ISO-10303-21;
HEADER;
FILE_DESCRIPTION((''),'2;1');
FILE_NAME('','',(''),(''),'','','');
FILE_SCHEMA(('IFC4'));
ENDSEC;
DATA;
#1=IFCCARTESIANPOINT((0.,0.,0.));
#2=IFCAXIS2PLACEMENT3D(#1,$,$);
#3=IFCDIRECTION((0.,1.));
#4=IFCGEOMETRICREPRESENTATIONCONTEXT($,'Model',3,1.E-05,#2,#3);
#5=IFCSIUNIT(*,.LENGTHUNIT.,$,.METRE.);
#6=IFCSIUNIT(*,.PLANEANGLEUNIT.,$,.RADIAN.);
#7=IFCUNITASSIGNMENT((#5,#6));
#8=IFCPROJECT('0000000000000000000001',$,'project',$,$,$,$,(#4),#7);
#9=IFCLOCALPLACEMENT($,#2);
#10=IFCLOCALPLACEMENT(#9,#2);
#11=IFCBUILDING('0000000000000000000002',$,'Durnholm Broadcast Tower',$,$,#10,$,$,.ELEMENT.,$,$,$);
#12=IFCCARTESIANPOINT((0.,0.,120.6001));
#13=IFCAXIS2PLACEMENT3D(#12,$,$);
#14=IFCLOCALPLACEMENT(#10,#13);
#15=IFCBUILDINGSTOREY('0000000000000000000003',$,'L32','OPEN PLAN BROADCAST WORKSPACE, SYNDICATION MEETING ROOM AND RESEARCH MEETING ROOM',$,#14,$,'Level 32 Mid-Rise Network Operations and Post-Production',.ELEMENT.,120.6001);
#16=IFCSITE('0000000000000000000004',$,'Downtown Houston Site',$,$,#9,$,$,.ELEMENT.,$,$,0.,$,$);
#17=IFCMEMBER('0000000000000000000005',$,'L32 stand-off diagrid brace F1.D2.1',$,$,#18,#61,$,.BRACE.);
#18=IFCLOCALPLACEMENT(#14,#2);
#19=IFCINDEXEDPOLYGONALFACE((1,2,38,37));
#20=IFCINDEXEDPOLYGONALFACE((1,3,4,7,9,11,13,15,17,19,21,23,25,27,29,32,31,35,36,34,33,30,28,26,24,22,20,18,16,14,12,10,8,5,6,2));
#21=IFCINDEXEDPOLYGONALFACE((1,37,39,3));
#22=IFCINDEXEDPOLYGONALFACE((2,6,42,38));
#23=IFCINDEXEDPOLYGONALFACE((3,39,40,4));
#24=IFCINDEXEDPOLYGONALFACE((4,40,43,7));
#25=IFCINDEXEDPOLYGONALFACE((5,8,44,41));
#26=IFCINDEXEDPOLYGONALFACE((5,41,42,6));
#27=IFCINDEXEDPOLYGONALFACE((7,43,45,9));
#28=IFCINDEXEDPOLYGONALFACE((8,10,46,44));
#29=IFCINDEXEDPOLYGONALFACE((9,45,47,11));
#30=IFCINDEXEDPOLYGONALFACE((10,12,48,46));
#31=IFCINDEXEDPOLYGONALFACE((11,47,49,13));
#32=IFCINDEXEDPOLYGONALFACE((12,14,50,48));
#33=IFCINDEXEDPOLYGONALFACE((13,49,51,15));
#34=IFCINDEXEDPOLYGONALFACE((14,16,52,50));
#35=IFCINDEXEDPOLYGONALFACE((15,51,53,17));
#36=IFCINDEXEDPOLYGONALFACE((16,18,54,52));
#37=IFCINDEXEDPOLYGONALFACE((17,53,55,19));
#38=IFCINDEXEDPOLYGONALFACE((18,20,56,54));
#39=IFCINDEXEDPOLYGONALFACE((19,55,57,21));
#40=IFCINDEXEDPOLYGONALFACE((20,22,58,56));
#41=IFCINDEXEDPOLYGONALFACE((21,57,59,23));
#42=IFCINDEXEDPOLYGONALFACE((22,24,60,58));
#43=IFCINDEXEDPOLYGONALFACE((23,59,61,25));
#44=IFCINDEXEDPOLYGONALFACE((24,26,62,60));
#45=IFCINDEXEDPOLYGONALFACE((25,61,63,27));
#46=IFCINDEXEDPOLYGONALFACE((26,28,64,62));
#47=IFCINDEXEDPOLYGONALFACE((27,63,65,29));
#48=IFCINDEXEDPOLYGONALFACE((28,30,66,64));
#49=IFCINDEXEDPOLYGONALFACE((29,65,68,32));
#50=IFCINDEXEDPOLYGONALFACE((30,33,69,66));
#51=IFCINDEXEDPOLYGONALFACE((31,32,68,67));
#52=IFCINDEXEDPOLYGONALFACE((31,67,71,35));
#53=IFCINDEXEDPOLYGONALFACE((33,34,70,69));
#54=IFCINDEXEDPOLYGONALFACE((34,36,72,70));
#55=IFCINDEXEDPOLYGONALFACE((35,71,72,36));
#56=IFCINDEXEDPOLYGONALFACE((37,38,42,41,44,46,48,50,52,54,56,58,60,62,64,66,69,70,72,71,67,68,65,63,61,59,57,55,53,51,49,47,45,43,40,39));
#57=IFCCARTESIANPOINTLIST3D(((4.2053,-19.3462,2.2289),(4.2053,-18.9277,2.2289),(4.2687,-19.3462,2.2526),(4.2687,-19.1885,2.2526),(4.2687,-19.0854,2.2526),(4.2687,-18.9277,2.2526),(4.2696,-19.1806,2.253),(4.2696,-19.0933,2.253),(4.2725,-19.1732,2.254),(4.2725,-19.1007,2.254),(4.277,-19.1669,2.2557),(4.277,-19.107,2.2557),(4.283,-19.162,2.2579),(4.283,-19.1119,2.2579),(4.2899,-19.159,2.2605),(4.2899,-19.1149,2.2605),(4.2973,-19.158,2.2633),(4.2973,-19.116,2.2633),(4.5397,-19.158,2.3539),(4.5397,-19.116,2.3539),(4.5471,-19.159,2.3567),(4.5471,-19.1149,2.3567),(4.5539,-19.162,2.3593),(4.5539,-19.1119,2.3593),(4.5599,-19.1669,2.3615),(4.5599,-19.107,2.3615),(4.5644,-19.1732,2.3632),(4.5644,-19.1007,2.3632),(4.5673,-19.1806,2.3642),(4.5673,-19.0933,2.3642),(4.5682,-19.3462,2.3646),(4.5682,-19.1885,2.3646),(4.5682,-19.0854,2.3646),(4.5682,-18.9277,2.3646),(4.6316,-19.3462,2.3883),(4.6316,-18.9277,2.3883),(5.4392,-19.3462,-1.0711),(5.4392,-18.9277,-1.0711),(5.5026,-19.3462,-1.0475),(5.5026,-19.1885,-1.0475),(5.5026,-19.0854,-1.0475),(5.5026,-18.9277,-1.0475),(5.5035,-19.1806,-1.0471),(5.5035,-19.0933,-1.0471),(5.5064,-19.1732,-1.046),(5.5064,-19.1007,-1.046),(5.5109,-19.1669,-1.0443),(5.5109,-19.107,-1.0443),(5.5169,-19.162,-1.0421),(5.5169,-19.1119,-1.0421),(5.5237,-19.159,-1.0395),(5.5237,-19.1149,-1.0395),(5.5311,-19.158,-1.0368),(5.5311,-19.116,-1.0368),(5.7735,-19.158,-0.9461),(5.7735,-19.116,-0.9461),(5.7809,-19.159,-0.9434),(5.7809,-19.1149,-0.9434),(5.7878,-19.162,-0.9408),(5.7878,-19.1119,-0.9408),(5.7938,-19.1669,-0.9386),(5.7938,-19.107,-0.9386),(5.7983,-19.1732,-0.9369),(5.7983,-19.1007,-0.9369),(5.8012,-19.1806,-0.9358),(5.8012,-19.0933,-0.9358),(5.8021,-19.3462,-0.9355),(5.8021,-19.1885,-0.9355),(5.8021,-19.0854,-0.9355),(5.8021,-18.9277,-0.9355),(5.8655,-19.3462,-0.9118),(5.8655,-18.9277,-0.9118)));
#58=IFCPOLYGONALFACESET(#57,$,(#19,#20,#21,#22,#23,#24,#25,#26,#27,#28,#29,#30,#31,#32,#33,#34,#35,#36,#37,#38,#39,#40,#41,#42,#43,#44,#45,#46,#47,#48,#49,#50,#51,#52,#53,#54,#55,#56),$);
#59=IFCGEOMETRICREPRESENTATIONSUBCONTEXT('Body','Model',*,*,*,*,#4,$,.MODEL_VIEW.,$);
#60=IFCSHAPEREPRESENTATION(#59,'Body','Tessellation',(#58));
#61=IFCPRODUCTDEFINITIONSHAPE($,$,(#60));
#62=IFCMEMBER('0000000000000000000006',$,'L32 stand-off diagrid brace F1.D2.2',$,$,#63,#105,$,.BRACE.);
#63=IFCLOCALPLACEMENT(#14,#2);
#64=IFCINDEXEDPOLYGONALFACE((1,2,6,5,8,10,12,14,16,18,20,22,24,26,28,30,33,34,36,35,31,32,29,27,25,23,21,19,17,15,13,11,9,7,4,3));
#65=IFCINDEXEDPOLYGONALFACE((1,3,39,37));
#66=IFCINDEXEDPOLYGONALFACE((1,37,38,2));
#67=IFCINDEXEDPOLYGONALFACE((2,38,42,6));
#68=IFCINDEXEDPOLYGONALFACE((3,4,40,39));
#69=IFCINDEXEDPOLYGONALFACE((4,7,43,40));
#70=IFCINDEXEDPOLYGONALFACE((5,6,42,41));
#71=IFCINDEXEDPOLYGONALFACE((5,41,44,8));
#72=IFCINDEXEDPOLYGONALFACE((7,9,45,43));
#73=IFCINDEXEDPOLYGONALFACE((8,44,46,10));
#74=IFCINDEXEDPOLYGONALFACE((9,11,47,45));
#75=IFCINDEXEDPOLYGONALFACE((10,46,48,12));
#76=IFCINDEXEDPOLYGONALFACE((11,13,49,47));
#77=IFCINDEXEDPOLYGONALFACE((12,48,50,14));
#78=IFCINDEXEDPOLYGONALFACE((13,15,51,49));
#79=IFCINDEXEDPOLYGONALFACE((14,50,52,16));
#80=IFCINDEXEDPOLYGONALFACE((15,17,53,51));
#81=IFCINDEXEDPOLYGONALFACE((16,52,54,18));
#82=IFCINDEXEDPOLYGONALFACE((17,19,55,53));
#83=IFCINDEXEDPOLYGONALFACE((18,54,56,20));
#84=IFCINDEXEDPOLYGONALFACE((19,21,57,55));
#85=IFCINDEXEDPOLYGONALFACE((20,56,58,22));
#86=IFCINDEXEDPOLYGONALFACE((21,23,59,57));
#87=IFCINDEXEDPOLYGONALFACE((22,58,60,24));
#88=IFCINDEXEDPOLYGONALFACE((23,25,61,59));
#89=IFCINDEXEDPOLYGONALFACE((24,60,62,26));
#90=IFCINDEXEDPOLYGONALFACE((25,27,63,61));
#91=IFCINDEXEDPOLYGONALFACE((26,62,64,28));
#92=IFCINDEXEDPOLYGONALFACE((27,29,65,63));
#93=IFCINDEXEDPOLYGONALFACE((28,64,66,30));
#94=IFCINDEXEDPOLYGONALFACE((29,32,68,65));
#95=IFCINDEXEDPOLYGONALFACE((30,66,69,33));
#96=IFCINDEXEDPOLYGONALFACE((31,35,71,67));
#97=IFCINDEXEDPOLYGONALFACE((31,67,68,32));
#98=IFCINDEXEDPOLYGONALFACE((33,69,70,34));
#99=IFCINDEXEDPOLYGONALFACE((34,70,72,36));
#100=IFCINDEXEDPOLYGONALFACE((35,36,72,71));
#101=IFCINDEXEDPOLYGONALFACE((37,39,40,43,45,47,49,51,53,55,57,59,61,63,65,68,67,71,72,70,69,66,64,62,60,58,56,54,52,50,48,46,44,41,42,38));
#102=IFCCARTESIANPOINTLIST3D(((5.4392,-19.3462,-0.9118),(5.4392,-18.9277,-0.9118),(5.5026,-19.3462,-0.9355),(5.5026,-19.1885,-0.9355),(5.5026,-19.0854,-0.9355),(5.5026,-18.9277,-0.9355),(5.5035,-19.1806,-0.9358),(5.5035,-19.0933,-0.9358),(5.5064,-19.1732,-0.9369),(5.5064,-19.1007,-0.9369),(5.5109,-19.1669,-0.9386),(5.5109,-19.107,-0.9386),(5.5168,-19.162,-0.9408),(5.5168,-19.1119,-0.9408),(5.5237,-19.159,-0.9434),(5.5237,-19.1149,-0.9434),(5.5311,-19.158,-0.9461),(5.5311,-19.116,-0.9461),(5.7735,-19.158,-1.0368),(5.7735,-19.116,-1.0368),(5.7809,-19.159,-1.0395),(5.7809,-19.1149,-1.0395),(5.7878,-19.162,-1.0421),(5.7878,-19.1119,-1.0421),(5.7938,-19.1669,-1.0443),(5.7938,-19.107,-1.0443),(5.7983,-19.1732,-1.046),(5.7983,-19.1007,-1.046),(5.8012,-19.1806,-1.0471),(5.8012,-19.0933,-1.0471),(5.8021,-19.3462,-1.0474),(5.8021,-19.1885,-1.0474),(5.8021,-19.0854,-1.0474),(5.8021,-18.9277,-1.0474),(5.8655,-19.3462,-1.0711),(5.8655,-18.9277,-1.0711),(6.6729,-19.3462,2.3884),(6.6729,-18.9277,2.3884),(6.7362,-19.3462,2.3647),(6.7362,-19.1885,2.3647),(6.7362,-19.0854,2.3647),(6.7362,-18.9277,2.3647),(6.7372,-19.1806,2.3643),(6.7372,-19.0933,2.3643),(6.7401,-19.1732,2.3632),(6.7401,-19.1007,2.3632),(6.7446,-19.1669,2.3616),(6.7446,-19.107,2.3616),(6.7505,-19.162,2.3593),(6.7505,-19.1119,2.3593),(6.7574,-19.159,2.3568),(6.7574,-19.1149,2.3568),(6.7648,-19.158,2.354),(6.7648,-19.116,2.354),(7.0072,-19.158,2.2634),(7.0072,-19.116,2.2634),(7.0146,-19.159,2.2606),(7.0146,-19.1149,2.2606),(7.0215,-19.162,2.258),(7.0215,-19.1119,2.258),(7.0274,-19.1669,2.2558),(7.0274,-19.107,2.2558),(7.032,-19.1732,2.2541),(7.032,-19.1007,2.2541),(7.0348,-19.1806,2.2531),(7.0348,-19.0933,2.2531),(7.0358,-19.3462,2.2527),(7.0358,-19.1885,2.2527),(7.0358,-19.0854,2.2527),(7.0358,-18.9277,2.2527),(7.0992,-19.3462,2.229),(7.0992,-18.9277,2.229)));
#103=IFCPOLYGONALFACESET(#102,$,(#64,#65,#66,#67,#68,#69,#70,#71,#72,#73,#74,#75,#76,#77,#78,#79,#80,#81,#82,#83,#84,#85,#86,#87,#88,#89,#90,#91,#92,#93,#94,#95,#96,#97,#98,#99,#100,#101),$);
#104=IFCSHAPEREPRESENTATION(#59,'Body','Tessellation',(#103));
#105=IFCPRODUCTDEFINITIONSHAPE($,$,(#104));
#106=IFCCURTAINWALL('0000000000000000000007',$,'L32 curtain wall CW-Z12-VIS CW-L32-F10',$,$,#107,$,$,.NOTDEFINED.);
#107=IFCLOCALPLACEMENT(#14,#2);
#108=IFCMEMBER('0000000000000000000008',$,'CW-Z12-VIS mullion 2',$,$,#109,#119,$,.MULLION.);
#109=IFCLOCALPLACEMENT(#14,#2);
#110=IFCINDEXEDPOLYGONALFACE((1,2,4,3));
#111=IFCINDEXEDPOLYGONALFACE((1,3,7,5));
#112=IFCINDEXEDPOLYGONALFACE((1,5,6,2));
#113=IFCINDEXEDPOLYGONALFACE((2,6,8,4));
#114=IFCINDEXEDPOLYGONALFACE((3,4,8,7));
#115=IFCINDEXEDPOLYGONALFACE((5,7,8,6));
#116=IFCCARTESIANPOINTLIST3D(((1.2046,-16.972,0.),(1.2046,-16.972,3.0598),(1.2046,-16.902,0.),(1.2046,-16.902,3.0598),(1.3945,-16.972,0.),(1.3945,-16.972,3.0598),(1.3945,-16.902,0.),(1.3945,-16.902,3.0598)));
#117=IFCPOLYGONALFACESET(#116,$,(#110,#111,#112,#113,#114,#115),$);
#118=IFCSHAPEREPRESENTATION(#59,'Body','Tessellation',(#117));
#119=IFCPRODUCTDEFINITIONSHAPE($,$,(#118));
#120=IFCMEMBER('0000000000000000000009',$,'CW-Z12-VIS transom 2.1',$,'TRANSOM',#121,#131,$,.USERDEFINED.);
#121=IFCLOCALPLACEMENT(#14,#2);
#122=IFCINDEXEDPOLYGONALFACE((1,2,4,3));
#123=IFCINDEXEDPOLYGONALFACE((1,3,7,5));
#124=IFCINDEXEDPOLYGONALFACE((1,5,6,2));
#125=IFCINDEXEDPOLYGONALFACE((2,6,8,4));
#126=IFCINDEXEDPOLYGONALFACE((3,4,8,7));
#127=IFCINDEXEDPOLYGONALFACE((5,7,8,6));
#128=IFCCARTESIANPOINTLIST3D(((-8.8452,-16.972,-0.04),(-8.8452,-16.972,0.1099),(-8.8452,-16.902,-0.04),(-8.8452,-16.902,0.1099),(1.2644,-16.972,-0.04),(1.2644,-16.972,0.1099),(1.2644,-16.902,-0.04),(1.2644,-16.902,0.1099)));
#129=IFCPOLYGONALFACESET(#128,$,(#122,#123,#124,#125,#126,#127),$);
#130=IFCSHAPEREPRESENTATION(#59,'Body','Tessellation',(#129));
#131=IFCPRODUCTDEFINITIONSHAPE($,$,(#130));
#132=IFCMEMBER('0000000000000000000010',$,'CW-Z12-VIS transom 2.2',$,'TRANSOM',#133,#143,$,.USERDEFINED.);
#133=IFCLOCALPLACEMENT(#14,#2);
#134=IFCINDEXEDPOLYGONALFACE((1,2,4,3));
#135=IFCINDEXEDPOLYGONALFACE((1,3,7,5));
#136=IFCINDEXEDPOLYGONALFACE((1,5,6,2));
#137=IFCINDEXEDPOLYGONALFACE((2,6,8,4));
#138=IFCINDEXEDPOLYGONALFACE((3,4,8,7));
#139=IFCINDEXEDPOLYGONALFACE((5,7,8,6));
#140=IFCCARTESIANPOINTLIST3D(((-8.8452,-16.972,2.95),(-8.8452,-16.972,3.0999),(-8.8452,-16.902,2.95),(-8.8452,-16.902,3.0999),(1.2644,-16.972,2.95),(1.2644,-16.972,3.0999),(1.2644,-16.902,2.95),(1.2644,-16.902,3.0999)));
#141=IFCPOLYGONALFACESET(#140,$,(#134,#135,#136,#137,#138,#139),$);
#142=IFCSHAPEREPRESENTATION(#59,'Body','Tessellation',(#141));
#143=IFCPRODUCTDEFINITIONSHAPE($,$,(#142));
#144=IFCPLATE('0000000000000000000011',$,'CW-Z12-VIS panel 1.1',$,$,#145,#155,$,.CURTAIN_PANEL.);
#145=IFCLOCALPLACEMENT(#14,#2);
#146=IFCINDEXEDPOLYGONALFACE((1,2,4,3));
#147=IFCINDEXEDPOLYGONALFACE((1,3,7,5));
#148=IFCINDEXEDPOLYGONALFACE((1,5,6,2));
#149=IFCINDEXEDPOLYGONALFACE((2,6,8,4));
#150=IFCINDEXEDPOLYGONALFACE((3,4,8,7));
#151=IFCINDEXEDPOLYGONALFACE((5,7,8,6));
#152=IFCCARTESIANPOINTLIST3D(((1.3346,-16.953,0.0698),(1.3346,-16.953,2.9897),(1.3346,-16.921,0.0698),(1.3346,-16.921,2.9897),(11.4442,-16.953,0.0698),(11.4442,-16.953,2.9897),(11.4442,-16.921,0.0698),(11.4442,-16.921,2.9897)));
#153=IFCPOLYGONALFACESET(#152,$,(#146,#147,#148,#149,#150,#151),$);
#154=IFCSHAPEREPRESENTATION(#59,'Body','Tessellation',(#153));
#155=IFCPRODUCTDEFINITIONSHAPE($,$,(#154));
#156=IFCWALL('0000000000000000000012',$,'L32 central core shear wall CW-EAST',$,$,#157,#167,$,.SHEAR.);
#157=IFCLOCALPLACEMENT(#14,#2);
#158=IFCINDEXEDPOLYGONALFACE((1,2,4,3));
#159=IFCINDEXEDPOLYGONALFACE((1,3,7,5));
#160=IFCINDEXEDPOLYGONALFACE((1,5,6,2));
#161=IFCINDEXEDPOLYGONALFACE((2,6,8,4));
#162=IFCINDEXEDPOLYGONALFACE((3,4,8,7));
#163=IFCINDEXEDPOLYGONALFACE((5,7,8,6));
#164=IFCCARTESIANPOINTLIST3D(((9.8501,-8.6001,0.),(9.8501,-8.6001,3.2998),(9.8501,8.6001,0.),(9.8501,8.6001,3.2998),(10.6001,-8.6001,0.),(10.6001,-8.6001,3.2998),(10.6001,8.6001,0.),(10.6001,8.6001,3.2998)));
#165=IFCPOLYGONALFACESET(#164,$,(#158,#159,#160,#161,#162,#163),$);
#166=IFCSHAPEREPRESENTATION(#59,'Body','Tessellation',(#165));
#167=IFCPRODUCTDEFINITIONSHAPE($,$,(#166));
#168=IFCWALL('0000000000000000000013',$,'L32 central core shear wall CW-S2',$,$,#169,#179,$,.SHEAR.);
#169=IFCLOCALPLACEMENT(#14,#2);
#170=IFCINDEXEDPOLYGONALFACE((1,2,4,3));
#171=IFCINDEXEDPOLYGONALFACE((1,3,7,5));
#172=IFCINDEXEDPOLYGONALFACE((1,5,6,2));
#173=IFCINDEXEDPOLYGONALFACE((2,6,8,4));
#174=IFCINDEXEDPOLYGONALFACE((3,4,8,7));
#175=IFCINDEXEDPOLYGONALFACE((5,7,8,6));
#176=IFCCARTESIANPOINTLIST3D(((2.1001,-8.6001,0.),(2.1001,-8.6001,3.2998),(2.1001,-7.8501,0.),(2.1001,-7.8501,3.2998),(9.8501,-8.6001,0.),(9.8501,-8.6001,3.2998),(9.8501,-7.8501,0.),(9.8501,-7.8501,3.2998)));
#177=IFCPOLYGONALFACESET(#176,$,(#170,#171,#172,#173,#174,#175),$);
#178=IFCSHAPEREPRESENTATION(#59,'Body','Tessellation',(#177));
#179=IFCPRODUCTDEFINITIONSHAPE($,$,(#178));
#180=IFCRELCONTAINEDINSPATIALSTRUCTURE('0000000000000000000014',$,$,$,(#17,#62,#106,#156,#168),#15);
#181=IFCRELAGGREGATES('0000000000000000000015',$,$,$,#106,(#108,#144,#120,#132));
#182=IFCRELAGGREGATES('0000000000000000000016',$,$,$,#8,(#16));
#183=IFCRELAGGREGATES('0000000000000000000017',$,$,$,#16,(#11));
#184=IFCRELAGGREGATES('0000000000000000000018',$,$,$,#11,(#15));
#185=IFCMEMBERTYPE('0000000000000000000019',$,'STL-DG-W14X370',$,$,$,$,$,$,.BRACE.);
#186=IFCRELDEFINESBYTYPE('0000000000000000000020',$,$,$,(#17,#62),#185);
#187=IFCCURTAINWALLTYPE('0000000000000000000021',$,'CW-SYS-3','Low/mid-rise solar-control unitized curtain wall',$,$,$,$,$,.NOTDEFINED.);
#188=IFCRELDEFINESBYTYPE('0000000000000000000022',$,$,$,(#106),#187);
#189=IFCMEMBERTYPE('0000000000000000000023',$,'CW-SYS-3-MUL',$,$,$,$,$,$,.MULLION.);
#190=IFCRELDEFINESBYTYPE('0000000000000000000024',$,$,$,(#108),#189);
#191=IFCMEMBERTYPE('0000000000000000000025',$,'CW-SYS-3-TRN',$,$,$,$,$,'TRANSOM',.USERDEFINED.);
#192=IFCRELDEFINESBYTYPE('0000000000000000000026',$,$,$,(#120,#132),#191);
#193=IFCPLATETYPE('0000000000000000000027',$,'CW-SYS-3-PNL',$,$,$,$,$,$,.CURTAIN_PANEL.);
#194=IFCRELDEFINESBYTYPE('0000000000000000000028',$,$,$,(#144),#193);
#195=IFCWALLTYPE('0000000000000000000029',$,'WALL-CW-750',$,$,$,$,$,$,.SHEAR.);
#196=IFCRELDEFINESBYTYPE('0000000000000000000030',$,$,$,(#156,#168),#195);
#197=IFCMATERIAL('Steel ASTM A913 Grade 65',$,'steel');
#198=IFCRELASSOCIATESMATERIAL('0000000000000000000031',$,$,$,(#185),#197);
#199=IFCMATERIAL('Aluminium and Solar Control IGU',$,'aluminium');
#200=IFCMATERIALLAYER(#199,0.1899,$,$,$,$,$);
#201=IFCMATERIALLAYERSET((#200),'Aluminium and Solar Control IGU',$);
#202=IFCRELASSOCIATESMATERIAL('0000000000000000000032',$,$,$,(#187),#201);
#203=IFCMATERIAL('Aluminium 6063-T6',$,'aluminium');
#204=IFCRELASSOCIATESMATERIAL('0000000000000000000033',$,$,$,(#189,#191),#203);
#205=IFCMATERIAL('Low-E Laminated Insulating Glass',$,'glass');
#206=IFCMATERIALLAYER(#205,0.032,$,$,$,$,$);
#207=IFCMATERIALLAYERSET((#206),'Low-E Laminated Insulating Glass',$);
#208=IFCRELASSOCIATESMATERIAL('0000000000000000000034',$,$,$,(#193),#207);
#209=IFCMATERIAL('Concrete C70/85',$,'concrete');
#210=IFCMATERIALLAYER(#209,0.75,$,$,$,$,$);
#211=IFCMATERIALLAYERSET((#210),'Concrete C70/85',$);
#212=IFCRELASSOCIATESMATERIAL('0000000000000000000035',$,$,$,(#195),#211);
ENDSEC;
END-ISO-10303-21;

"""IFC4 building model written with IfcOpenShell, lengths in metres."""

from ifc_helpers import new_model, si_unit, direction, frame, frame_2d, origin, origin_2d, place, context, subcontext, project, spatial, rectangle, i_section, extrude, source, transform, mapped, material, layer, layer_set, material_profile, profile_set, type_object, type_shapes, element, aggregate, save


model = new_model("IFC4")

# Units and contexts
model_context = context("Model", 3, precision=1e-05, world=origin(), true_north=direction((0.0, 1.0)))
body_context = subcontext(model_context, "Body", "Model", "MODEL_VIEW")
ifc_project = project(units=[si_unit("LENGTHUNIT", "METRE"), si_unit("PLANEANGLEUNIT", "RADIAN")], contexts=[model_context])

# Site, building, storey
site_placement = place(None, origin())
site = spatial("IfcSite", under=ifc_project, at=site_placement, Name="Downtown Houston Site", CompositionType="ELEMENT", RefElevation=0.0)
building_placement = place(site_placement, origin())
building = spatial("IfcBuilding", under=site, at=building_placement, Name="Durnholm Broadcast Tower", CompositionType="ELEMENT")
storey_placement = place(building_placement, frame((0.0, 0.0, 120.6001)))
storey = spatial("IfcBuildingStorey", under=building, at=storey_placement, Name="L32", Description="OPEN PLAN BROADCAST WORKSPACE, SYNDICATION MEETING ROOM AND RESEARCH MEETING ROOM", LongName="Level 32 Mid-Rise Network Operations and Post-Production", CompositionType="ELEMENT", Elevation=120.6001)

# Shared definitions
ifc_material_1 = material(Name="Concrete C70/85", Category="concrete")

# Members
ifc_material_2 = material(Name="Steel ASTM A913 Grade 65", Category="steel")
ifc_material_profile_1 = material_profile(ifc_material_2, i_section(OverallWidth=0.4185, OverallDepth=0.4551, WebThickness=0.042, FlangeThickness=0.0676, FilletRadius=0.0305, at=origin_2d()), Name="W14X370")
ifc_profile_set_1 = profile_set([ifc_material_profile_1], Name="Steel ASTM A913 Grade 65")
member_type_1 = type_object("IfcMemberType", Name="STL-DG-W14X370", PredefinedType="BRACE", material=ifc_profile_set_1)
shared_shape_1 = source(origin(), body_context, "Body", "SweptSolid", [
    extrude(i_section(OverallWidth=0.4185, OverallDepth=0.4551, WebThickness=0.042, FlangeThickness=0.0676, FilletRadius=0.0305, at=origin_2d()), origin(), (0.0, 0.0, 1.0), 3.5232),
])
type_shapes(member_type_1, [shared_shape_1])
for number, where, z_axis, x_axis, name in (
    (1, (5.6523, -19.137, -0.9915), (-0.35022, 0.0, 0.936668), (0.0, -1.0, 0.0), "L32 stand-off diagrid brace F1.D2.1"),
    (2, (5.6523, -19.137, -0.9915), (0.350159, 0.0, 0.93669), (0.0, 1.0, 0.0), "L32 stand-off diagrid brace F1.D2.2"),
):
    element("IfcMember", number, at=place(storey_placement, frame(where, z_axis=z_axis, x_axis=x_axis)), inside=storey, type_object=member_type_1, Name=name, PredefinedType="BRACE", context=body_context, shape_type="MappedRepresentation", body=[
        mapped(shared_shape_1, transform((0.0, 0.0, 0.0), x_axis=(1.0, 0.0, 0.0), y_axis=(0.0, 1.0, 0.0), z_axis=(0.0, 0.0, 1.0), scale=1.0)),
    ])

# Curtain wall, members, plate
ifc_material_3 = material(Name="Aluminium and Solar Control IGU", Category="aluminium")
ifc_layer_1 = layer(ifc_material_3, 0.1899)
ifc_layer_set_1 = layer_set([ifc_layer_1], Name="Aluminium and Solar Control IGU")
curtain_wall_type = type_object("IfcCurtainWallType", Name="CW-SYS-3", Description="Low/mid-rise solar-control unitized curtain wall", PredefinedType="NOTDEFINED", material=ifc_layer_set_1)
curtain_wall_placement = place(storey_placement, origin())
curtain_wall = element("IfcCurtainWall", 3, at=curtain_wall_placement, inside=storey, type_object=curtain_wall_type, Name="L32 curtain wall CW-Z12-VIS CW-L32-F10", PredefinedType="NOTDEFINED")
ifc_material_4 = material(Name="Aluminium 6063-T6", Category="aluminium")
ifc_material_profile_2 = material_profile(ifc_material_4, rectangle(XDim=0.0701, YDim=0.1899, at=origin_2d()), Name="CWM70X190")
ifc_profile_set_2 = profile_set([ifc_material_profile_2], Name="Aluminium 6063-T6")
member_type_2 = type_object("IfcMemberType", Name="CW-SYS-3-MUL", PredefinedType="MULLION", material=ifc_profile_set_2)
shared_shape_2 = source(origin(), body_context, "Body", "SweptSolid", [
    extrude(rectangle(XDim=0.0701, YDim=0.1899, at=origin_2d()), origin(), (0.0, 0.0, 1.0), 3.0598),
])
type_shapes(member_type_2, [shared_shape_2])
member_1_placement = place(storey_placement, frame((1.2996, -16.937, 0.0), z_axis=(0.0, 0.0, 1.0), x_axis=(0.0, -1.0, 0.0)))
member_1 = element("IfcMember", 4, at=member_1_placement, type_object=member_type_2, Name="CW-Z12-VIS mullion 2", PredefinedType="MULLION", context=body_context, shape_type="MappedRepresentation", body=[
    mapped(shared_shape_2, transform((0.0, 0.0, 0.0), x_axis=(1.0, 0.0, 0.0), y_axis=(0.0, 1.0, 0.0), z_axis=(0.0, 0.0, 1.0), scale=1.0)),
])
ifc_material_profile_3 = material_profile(ifc_material_4, rectangle(XDim=0.0701, YDim=0.1499, at=origin_2d()), Name="CWT70X150")
ifc_profile_set_3 = profile_set([ifc_material_profile_3], Name="Aluminium 6063-T6")
member_type_3 = type_object("IfcMemberType", Name="CW-SYS-3-TRN", ElementType="TRANSOM", PredefinedType="USERDEFINED", material=ifc_profile_set_3)
shared_shape_3 = source(origin(), body_context, "Body", "SweptSolid", [
    extrude(rectangle(XDim=0.0701, YDim=0.1499, at=origin_2d()), origin(), (0.0, 0.0, 1.0), 10.1096),
])
type_shapes(member_type_3, [shared_shape_3])
member_2_placement = place(storey_placement, frame((1.2644, -16.937, 0.0349), z_axis=(-1.0, 0.0, 0.0), x_axis=(0.0, -1.0, 0.0)))
member_2 = element("IfcMember", 5, at=member_2_placement, type_object=member_type_3, Name="CW-Z12-VIS transom 2.1", ObjectType="TRANSOM", PredefinedType="USERDEFINED", context=body_context, shape_type="MappedRepresentation", body=[
    mapped(shared_shape_3, transform((0.0, 0.0, 0.0), x_axis=(1.0, 0.0, 0.0), y_axis=(0.0, 1.0, 0.0), z_axis=(0.0, 0.0, 1.0), scale=1.0)),
])
member_3_placement = place(storey_placement, frame((1.2644, -16.937, 3.0249), z_axis=(-1.0, 0.0, 0.0), x_axis=(0.0, -1.0, 0.0)))
member_3 = element("IfcMember", 6, at=member_3_placement, type_object=member_type_3, Name="CW-Z12-VIS transom 2.2", ObjectType="TRANSOM", PredefinedType="USERDEFINED", context=body_context, shape_type="MappedRepresentation", body=[
    mapped(shared_shape_3, transform((0.0, 0.0, 0.0), x_axis=(1.0, 0.0, 0.0), y_axis=(0.0, 1.0, 0.0), z_axis=(0.0, 0.0, 1.0), scale=1.0)),
])
ifc_material_5 = material(Name="Low-E Laminated Insulating Glass", Category="glass")
ifc_layer_2 = layer(ifc_material_5, 0.032)
ifc_layer_set_2 = layer_set([ifc_layer_2], Name="Low-E Laminated Insulating Glass")
plate_type = type_object("IfcPlateType", Name="CW-SYS-3-PNL", PredefinedType="CURTAIN_PANEL", material=ifc_layer_set_2)
shared_shape_4 = source(origin(), body_context, "Body", "SweptSolid", [
    extrude(rectangle(XDim=10.1096, YDim=0.032, at=origin_2d()), origin(), (0.0, 0.0, 1.0), 2.9199),
])
type_shapes(plate_type, [shared_shape_4])
plate_placement = place(storey_placement, frame((6.3894, -16.937, 0.0698), z_axis=(0.0, 0.0, 1.0), x_axis=(-1.0, 0.0, 0.0)))
plate = element("IfcPlate", 7, at=plate_placement, type_object=plate_type, Name="CW-Z12-VIS panel 1.1", PredefinedType="CURTAIN_PANEL", context=body_context, shape_type="MappedRepresentation", body=[
    mapped(shared_shape_4, transform((0.0, 0.0, 0.0), x_axis=(1.0, 0.0, 0.0), y_axis=(0.0, 1.0, 0.0), z_axis=(0.0, 0.0, 1.0), scale=1.0)),
])
aggregate(curtain_wall, [member_1, plate, member_2, member_3])

# Walls
ifc_layer_3 = layer(ifc_material_1, 0.75)
ifc_layer_set_3 = layer_set([ifc_layer_3], Name="Concrete C70/85")
wall_type_1 = type_object("IfcWallType", Name="WALL-CW-750", PredefinedType="SHEAR", material=ifc_layer_set_3)
wall_1_placement = place(storey_placement, frame((10.2251, -8.6001, 0.0), z_axis=(0.0, 0.0, 1.0), x_axis=(0.0, 1.0, 0.0)))
element("IfcWall", 8, at=wall_1_placement, inside=storey, type_object=wall_type_1, Name="L32 central core shear wall CW-EAST", PredefinedType="SHEAR", context=body_context, shape_type="SweptSolid", body=[
    extrude(rectangle(XDim=17.2002, YDim=0.75, at=frame_2d((8.6001, 0.0))), origin(), (0.0, 0.0, 1.0), 3.2998),
])
wall_2_placement = place(storey_placement, frame((2.1001, -8.2251, 0.0), z_axis=(0.0, 0.0, 1.0), x_axis=(1.0, 0.0, 0.0)))
element("IfcWall", 9, at=wall_2_placement, inside=storey, type_object=wall_type_1, Name="L32 central core shear wall CW-S2", PredefinedType="SHEAR", context=body_context, shape_type="SweptSolid", body=[
    extrude(rectangle(XDim=7.75, YDim=0.75, at=frame_2d((3.875, 0.0))), origin(), (0.0, 0.0, 1.0), 3.2998),
])

save(model, "model.ifc")
